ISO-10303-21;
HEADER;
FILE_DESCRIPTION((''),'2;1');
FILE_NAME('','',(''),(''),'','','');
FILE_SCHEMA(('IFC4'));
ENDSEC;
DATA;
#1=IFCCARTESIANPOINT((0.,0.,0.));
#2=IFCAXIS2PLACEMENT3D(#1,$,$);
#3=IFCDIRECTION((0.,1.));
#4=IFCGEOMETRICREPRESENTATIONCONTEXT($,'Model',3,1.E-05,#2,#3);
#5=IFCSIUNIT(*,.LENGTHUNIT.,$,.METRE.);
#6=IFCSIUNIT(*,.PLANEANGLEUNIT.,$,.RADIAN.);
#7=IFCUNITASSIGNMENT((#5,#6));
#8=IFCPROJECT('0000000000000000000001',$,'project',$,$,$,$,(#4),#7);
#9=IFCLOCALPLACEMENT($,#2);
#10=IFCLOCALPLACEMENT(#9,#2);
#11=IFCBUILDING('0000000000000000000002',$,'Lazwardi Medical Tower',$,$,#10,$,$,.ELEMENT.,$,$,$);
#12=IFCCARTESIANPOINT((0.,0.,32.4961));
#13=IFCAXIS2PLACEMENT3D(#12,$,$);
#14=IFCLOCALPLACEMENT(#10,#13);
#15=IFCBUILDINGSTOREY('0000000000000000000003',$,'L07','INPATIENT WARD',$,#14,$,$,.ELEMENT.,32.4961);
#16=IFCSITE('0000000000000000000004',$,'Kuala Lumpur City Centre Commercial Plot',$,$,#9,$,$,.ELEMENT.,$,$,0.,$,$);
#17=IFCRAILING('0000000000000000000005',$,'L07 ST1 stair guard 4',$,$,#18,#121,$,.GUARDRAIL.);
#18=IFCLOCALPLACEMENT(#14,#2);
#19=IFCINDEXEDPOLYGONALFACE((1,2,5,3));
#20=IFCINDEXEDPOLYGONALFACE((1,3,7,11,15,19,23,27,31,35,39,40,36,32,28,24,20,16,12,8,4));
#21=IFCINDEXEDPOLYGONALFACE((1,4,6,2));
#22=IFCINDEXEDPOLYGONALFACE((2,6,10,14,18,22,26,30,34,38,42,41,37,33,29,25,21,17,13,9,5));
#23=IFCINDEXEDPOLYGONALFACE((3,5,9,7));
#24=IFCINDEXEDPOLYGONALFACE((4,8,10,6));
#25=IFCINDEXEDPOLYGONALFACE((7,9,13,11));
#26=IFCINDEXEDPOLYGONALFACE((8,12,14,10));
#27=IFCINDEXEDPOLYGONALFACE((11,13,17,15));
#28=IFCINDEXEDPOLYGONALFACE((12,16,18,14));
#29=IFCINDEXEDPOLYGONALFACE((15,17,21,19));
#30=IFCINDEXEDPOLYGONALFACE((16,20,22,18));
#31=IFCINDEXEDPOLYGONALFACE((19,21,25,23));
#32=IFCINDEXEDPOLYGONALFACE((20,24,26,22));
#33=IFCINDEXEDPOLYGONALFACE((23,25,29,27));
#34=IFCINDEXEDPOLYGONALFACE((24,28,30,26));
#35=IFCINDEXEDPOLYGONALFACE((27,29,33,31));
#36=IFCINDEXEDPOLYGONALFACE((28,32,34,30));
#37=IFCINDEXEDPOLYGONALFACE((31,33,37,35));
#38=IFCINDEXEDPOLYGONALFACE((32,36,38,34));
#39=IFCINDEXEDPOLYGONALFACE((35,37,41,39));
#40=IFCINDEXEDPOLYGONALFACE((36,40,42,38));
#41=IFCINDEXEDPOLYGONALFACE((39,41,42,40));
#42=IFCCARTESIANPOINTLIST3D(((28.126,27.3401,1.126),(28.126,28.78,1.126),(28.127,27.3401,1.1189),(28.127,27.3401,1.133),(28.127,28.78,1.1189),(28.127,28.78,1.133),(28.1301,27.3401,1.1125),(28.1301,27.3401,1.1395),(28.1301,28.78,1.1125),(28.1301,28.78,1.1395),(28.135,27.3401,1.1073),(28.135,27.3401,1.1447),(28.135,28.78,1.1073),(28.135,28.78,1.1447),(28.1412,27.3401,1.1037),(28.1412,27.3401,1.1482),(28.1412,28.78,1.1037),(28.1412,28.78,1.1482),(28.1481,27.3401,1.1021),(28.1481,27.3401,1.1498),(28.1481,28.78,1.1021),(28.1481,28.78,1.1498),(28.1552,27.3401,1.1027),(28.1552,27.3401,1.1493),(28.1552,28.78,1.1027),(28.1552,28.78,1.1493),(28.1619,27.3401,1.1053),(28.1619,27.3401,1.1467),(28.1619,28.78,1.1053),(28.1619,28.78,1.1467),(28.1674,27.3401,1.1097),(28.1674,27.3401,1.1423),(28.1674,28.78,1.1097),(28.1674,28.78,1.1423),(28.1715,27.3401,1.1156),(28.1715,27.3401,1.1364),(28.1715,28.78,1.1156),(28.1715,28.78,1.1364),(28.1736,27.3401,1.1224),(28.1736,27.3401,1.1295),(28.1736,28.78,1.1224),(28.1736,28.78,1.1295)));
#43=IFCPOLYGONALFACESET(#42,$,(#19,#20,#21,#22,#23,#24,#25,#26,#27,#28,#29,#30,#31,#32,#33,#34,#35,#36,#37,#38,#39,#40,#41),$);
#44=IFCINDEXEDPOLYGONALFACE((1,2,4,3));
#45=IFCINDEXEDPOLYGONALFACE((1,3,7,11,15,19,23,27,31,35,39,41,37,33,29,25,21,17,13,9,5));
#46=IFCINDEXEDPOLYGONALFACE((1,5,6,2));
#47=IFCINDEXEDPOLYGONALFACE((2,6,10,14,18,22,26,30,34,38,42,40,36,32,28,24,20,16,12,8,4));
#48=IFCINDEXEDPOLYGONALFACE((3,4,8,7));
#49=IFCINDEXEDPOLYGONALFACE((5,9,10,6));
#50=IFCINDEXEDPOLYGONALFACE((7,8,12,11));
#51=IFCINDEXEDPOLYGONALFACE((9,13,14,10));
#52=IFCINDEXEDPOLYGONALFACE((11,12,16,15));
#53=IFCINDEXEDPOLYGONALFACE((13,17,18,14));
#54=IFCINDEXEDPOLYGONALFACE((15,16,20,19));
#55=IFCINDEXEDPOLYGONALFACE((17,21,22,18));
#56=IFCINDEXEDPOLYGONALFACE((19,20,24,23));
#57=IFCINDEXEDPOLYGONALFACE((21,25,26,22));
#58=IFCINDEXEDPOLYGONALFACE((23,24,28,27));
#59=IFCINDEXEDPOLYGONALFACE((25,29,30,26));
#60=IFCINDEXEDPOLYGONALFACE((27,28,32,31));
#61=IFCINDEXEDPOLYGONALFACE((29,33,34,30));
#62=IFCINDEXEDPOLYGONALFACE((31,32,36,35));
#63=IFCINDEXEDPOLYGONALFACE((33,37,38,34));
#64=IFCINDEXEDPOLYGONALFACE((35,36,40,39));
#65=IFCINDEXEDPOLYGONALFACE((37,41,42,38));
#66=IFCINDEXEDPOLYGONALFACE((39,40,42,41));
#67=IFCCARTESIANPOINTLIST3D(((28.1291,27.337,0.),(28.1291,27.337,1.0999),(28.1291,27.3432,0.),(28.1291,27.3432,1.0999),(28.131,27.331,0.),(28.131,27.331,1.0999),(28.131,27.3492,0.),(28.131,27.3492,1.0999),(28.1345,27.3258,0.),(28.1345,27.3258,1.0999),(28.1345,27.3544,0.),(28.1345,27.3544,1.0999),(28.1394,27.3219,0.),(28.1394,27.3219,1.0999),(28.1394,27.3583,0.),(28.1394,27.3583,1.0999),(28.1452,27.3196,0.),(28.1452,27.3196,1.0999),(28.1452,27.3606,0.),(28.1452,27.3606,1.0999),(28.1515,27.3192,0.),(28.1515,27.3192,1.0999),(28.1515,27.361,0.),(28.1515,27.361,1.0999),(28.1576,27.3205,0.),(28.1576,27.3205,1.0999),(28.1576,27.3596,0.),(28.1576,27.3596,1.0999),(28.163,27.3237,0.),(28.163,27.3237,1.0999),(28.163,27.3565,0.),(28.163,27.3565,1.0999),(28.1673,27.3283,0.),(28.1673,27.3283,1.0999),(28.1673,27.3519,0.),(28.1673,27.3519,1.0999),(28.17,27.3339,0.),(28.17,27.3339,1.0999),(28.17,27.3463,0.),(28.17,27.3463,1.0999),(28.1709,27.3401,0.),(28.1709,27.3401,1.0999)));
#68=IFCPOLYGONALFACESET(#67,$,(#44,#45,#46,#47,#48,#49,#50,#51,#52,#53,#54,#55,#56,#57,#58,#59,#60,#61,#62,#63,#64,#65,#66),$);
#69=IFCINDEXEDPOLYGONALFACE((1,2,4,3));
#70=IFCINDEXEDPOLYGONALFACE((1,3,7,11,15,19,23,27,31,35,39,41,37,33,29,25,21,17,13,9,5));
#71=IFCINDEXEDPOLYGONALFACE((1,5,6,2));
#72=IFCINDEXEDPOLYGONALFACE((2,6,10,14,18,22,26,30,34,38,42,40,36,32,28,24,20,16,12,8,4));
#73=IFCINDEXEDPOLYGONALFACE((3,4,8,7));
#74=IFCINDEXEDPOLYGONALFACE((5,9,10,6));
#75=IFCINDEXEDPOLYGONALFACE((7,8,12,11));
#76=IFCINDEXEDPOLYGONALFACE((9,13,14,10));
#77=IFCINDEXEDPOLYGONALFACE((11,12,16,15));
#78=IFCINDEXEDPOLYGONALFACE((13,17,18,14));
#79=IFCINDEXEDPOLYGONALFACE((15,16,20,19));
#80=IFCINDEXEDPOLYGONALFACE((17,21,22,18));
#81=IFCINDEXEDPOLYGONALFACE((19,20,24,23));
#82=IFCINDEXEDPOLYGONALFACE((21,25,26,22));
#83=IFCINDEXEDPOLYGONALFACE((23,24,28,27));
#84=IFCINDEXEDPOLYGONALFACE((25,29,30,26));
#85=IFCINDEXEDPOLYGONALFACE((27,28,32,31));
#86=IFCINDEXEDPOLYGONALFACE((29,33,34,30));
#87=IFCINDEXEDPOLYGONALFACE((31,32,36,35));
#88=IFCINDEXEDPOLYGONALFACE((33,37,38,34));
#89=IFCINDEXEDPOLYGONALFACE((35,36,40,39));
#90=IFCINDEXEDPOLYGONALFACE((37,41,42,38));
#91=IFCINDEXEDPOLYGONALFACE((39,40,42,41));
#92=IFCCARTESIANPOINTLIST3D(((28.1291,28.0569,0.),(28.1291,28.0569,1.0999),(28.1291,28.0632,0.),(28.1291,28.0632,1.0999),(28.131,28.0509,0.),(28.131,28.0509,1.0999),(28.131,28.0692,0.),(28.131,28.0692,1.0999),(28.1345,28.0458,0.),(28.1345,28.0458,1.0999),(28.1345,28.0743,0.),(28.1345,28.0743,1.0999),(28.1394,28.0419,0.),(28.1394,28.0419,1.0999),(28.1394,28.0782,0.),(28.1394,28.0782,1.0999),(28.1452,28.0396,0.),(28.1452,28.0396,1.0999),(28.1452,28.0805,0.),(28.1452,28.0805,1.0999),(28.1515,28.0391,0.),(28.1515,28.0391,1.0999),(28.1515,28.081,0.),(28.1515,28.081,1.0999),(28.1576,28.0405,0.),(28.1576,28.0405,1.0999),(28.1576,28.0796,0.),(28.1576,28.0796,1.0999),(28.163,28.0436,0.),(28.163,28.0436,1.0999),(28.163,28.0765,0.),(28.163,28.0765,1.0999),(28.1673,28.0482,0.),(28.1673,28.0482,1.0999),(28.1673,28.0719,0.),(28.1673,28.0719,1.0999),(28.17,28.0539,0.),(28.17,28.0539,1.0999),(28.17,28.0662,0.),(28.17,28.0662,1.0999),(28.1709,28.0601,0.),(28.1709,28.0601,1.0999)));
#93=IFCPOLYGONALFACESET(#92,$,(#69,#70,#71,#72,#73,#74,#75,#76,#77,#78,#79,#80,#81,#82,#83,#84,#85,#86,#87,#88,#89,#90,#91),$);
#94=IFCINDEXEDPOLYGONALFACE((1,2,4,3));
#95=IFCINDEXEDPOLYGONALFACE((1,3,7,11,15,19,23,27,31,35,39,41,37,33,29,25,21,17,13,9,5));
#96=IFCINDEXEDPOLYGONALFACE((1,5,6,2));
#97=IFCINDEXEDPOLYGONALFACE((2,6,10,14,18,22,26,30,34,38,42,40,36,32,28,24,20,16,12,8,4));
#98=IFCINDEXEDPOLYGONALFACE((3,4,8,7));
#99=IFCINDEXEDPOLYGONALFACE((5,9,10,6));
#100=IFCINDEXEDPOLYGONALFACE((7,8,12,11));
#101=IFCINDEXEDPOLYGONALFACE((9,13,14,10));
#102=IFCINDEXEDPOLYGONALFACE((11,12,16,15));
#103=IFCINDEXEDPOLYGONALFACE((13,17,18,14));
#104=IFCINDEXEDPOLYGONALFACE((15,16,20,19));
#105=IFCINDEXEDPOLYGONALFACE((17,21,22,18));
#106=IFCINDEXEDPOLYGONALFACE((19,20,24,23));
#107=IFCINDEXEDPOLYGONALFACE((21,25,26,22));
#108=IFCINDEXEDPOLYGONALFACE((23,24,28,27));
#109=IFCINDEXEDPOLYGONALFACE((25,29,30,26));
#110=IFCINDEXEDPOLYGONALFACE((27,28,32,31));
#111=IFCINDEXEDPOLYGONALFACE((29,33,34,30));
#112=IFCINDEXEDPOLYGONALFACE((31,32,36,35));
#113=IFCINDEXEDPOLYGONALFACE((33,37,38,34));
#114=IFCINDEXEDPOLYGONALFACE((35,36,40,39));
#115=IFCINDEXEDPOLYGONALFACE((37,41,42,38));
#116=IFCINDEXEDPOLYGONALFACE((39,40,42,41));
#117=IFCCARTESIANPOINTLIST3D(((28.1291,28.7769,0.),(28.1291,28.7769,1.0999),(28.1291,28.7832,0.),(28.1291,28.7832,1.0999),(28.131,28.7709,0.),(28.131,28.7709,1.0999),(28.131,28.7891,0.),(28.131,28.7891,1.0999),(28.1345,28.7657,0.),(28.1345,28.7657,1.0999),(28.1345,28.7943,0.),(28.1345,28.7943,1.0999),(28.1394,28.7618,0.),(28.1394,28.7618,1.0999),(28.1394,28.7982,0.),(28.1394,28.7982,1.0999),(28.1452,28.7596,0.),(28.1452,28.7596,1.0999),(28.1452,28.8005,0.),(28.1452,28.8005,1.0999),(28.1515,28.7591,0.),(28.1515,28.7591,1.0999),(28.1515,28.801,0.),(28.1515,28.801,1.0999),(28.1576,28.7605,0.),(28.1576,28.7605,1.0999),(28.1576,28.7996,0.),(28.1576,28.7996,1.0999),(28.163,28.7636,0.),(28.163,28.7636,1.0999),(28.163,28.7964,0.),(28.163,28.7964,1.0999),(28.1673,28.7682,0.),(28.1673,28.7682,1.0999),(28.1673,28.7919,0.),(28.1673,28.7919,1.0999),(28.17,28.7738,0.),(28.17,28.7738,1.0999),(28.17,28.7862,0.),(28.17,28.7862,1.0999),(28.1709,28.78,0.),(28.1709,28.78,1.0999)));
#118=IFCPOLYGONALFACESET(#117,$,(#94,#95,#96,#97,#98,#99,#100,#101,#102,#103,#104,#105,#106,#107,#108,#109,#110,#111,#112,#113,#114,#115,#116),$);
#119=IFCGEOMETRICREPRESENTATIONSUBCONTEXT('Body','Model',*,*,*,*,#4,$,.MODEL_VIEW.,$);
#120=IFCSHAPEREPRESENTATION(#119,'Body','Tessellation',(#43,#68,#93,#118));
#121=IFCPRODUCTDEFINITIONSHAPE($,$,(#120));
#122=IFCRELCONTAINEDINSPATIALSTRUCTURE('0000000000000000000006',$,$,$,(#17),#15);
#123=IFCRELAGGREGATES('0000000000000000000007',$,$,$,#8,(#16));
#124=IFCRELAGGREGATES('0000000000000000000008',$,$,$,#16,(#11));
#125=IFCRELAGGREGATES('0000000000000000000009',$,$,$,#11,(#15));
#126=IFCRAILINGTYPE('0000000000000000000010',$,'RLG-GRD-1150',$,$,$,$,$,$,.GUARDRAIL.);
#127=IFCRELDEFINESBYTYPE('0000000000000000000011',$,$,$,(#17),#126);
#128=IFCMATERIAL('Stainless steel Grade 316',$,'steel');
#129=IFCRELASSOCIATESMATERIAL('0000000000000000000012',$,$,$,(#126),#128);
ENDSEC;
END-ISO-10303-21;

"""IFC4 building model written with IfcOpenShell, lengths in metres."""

from ifc_helpers import new_model, si_unit, direction, frame, origin, origin_2d, place, context, subcontext, project, spatial, circle, extrude, material, type_object, element, save


model = new_model("IFC4")

# Units and contexts
model_context = context("Model", 3, precision=1e-05, world=origin(), true_north=direction((0.0, 1.0)))
body_context = subcontext(model_context, "Body", "Model", "MODEL_VIEW")
ifc_project = project(units=[si_unit("LENGTHUNIT", "METRE"), si_unit("PLANEANGLEUNIT", "RADIAN")], contexts=[model_context])

# Site, building, storey
site_placement = place(None, origin())
site = spatial("IfcSite", under=ifc_project, at=site_placement, Name="Kuala Lumpur City Centre Commercial Plot", CompositionType="ELEMENT", RefElevation=0.0)
building_placement = place(site_placement, origin())
building = spatial("IfcBuilding", under=site, at=building_placement, Name="Lazwardi Medical Tower", CompositionType="ELEMENT")
storey_placement = place(building_placement, frame((0.0, 0.0, 32.4961)))
storey = spatial("IfcBuildingStorey", under=building, at=storey_placement, Name="L07", Description="INPATIENT WARD", CompositionType="ELEMENT", Elevation=32.4961)

# Railing
ifc_material_1 = material(Name="Stainless steel Grade 316", Category="steel")
railing_type_1 = type_object("IfcRailingType", Name="RLG-GRD-1150", PredefinedType="GUARDRAIL", material=ifc_material_1)
railing_1_placement = place(storey_placement, frame((28.1499, 27.3401, 0.0)))
element("IfcRailing", 1, at=railing_1_placement, inside=storey, type_object=railing_type_1, Name="L07 ST1 stair guard 4", PredefinedType="GUARDRAIL", context=body_context, shape_type="SweptSolid", body=[
    extrude(circle(Radius=0.0239, at=origin_2d()), frame((0.0, 0.0, 1.126), z_axis=(0.0, 1.0, 0.0), x_axis=(-1.0, 0.0, 0.0)), (0.0, 0.0, 1.0), 1.4399),
    extrude(circle(Radius=0.021, at=origin_2d()), origin(), (0.0, 0.0, 1.0), 1.0999),
    extrude(circle(Radius=0.021, at=origin_2d()), frame((0.0, 0.72, 0.0)), (0.0, 0.0, 1.0), 1.0999),
    extrude(circle(Radius=0.021, at=origin_2d()), frame((0.0, 1.4399, 0.0)), (0.0, 0.0, 1.0), 1.0999),
])

save(model, "model.ifc")
